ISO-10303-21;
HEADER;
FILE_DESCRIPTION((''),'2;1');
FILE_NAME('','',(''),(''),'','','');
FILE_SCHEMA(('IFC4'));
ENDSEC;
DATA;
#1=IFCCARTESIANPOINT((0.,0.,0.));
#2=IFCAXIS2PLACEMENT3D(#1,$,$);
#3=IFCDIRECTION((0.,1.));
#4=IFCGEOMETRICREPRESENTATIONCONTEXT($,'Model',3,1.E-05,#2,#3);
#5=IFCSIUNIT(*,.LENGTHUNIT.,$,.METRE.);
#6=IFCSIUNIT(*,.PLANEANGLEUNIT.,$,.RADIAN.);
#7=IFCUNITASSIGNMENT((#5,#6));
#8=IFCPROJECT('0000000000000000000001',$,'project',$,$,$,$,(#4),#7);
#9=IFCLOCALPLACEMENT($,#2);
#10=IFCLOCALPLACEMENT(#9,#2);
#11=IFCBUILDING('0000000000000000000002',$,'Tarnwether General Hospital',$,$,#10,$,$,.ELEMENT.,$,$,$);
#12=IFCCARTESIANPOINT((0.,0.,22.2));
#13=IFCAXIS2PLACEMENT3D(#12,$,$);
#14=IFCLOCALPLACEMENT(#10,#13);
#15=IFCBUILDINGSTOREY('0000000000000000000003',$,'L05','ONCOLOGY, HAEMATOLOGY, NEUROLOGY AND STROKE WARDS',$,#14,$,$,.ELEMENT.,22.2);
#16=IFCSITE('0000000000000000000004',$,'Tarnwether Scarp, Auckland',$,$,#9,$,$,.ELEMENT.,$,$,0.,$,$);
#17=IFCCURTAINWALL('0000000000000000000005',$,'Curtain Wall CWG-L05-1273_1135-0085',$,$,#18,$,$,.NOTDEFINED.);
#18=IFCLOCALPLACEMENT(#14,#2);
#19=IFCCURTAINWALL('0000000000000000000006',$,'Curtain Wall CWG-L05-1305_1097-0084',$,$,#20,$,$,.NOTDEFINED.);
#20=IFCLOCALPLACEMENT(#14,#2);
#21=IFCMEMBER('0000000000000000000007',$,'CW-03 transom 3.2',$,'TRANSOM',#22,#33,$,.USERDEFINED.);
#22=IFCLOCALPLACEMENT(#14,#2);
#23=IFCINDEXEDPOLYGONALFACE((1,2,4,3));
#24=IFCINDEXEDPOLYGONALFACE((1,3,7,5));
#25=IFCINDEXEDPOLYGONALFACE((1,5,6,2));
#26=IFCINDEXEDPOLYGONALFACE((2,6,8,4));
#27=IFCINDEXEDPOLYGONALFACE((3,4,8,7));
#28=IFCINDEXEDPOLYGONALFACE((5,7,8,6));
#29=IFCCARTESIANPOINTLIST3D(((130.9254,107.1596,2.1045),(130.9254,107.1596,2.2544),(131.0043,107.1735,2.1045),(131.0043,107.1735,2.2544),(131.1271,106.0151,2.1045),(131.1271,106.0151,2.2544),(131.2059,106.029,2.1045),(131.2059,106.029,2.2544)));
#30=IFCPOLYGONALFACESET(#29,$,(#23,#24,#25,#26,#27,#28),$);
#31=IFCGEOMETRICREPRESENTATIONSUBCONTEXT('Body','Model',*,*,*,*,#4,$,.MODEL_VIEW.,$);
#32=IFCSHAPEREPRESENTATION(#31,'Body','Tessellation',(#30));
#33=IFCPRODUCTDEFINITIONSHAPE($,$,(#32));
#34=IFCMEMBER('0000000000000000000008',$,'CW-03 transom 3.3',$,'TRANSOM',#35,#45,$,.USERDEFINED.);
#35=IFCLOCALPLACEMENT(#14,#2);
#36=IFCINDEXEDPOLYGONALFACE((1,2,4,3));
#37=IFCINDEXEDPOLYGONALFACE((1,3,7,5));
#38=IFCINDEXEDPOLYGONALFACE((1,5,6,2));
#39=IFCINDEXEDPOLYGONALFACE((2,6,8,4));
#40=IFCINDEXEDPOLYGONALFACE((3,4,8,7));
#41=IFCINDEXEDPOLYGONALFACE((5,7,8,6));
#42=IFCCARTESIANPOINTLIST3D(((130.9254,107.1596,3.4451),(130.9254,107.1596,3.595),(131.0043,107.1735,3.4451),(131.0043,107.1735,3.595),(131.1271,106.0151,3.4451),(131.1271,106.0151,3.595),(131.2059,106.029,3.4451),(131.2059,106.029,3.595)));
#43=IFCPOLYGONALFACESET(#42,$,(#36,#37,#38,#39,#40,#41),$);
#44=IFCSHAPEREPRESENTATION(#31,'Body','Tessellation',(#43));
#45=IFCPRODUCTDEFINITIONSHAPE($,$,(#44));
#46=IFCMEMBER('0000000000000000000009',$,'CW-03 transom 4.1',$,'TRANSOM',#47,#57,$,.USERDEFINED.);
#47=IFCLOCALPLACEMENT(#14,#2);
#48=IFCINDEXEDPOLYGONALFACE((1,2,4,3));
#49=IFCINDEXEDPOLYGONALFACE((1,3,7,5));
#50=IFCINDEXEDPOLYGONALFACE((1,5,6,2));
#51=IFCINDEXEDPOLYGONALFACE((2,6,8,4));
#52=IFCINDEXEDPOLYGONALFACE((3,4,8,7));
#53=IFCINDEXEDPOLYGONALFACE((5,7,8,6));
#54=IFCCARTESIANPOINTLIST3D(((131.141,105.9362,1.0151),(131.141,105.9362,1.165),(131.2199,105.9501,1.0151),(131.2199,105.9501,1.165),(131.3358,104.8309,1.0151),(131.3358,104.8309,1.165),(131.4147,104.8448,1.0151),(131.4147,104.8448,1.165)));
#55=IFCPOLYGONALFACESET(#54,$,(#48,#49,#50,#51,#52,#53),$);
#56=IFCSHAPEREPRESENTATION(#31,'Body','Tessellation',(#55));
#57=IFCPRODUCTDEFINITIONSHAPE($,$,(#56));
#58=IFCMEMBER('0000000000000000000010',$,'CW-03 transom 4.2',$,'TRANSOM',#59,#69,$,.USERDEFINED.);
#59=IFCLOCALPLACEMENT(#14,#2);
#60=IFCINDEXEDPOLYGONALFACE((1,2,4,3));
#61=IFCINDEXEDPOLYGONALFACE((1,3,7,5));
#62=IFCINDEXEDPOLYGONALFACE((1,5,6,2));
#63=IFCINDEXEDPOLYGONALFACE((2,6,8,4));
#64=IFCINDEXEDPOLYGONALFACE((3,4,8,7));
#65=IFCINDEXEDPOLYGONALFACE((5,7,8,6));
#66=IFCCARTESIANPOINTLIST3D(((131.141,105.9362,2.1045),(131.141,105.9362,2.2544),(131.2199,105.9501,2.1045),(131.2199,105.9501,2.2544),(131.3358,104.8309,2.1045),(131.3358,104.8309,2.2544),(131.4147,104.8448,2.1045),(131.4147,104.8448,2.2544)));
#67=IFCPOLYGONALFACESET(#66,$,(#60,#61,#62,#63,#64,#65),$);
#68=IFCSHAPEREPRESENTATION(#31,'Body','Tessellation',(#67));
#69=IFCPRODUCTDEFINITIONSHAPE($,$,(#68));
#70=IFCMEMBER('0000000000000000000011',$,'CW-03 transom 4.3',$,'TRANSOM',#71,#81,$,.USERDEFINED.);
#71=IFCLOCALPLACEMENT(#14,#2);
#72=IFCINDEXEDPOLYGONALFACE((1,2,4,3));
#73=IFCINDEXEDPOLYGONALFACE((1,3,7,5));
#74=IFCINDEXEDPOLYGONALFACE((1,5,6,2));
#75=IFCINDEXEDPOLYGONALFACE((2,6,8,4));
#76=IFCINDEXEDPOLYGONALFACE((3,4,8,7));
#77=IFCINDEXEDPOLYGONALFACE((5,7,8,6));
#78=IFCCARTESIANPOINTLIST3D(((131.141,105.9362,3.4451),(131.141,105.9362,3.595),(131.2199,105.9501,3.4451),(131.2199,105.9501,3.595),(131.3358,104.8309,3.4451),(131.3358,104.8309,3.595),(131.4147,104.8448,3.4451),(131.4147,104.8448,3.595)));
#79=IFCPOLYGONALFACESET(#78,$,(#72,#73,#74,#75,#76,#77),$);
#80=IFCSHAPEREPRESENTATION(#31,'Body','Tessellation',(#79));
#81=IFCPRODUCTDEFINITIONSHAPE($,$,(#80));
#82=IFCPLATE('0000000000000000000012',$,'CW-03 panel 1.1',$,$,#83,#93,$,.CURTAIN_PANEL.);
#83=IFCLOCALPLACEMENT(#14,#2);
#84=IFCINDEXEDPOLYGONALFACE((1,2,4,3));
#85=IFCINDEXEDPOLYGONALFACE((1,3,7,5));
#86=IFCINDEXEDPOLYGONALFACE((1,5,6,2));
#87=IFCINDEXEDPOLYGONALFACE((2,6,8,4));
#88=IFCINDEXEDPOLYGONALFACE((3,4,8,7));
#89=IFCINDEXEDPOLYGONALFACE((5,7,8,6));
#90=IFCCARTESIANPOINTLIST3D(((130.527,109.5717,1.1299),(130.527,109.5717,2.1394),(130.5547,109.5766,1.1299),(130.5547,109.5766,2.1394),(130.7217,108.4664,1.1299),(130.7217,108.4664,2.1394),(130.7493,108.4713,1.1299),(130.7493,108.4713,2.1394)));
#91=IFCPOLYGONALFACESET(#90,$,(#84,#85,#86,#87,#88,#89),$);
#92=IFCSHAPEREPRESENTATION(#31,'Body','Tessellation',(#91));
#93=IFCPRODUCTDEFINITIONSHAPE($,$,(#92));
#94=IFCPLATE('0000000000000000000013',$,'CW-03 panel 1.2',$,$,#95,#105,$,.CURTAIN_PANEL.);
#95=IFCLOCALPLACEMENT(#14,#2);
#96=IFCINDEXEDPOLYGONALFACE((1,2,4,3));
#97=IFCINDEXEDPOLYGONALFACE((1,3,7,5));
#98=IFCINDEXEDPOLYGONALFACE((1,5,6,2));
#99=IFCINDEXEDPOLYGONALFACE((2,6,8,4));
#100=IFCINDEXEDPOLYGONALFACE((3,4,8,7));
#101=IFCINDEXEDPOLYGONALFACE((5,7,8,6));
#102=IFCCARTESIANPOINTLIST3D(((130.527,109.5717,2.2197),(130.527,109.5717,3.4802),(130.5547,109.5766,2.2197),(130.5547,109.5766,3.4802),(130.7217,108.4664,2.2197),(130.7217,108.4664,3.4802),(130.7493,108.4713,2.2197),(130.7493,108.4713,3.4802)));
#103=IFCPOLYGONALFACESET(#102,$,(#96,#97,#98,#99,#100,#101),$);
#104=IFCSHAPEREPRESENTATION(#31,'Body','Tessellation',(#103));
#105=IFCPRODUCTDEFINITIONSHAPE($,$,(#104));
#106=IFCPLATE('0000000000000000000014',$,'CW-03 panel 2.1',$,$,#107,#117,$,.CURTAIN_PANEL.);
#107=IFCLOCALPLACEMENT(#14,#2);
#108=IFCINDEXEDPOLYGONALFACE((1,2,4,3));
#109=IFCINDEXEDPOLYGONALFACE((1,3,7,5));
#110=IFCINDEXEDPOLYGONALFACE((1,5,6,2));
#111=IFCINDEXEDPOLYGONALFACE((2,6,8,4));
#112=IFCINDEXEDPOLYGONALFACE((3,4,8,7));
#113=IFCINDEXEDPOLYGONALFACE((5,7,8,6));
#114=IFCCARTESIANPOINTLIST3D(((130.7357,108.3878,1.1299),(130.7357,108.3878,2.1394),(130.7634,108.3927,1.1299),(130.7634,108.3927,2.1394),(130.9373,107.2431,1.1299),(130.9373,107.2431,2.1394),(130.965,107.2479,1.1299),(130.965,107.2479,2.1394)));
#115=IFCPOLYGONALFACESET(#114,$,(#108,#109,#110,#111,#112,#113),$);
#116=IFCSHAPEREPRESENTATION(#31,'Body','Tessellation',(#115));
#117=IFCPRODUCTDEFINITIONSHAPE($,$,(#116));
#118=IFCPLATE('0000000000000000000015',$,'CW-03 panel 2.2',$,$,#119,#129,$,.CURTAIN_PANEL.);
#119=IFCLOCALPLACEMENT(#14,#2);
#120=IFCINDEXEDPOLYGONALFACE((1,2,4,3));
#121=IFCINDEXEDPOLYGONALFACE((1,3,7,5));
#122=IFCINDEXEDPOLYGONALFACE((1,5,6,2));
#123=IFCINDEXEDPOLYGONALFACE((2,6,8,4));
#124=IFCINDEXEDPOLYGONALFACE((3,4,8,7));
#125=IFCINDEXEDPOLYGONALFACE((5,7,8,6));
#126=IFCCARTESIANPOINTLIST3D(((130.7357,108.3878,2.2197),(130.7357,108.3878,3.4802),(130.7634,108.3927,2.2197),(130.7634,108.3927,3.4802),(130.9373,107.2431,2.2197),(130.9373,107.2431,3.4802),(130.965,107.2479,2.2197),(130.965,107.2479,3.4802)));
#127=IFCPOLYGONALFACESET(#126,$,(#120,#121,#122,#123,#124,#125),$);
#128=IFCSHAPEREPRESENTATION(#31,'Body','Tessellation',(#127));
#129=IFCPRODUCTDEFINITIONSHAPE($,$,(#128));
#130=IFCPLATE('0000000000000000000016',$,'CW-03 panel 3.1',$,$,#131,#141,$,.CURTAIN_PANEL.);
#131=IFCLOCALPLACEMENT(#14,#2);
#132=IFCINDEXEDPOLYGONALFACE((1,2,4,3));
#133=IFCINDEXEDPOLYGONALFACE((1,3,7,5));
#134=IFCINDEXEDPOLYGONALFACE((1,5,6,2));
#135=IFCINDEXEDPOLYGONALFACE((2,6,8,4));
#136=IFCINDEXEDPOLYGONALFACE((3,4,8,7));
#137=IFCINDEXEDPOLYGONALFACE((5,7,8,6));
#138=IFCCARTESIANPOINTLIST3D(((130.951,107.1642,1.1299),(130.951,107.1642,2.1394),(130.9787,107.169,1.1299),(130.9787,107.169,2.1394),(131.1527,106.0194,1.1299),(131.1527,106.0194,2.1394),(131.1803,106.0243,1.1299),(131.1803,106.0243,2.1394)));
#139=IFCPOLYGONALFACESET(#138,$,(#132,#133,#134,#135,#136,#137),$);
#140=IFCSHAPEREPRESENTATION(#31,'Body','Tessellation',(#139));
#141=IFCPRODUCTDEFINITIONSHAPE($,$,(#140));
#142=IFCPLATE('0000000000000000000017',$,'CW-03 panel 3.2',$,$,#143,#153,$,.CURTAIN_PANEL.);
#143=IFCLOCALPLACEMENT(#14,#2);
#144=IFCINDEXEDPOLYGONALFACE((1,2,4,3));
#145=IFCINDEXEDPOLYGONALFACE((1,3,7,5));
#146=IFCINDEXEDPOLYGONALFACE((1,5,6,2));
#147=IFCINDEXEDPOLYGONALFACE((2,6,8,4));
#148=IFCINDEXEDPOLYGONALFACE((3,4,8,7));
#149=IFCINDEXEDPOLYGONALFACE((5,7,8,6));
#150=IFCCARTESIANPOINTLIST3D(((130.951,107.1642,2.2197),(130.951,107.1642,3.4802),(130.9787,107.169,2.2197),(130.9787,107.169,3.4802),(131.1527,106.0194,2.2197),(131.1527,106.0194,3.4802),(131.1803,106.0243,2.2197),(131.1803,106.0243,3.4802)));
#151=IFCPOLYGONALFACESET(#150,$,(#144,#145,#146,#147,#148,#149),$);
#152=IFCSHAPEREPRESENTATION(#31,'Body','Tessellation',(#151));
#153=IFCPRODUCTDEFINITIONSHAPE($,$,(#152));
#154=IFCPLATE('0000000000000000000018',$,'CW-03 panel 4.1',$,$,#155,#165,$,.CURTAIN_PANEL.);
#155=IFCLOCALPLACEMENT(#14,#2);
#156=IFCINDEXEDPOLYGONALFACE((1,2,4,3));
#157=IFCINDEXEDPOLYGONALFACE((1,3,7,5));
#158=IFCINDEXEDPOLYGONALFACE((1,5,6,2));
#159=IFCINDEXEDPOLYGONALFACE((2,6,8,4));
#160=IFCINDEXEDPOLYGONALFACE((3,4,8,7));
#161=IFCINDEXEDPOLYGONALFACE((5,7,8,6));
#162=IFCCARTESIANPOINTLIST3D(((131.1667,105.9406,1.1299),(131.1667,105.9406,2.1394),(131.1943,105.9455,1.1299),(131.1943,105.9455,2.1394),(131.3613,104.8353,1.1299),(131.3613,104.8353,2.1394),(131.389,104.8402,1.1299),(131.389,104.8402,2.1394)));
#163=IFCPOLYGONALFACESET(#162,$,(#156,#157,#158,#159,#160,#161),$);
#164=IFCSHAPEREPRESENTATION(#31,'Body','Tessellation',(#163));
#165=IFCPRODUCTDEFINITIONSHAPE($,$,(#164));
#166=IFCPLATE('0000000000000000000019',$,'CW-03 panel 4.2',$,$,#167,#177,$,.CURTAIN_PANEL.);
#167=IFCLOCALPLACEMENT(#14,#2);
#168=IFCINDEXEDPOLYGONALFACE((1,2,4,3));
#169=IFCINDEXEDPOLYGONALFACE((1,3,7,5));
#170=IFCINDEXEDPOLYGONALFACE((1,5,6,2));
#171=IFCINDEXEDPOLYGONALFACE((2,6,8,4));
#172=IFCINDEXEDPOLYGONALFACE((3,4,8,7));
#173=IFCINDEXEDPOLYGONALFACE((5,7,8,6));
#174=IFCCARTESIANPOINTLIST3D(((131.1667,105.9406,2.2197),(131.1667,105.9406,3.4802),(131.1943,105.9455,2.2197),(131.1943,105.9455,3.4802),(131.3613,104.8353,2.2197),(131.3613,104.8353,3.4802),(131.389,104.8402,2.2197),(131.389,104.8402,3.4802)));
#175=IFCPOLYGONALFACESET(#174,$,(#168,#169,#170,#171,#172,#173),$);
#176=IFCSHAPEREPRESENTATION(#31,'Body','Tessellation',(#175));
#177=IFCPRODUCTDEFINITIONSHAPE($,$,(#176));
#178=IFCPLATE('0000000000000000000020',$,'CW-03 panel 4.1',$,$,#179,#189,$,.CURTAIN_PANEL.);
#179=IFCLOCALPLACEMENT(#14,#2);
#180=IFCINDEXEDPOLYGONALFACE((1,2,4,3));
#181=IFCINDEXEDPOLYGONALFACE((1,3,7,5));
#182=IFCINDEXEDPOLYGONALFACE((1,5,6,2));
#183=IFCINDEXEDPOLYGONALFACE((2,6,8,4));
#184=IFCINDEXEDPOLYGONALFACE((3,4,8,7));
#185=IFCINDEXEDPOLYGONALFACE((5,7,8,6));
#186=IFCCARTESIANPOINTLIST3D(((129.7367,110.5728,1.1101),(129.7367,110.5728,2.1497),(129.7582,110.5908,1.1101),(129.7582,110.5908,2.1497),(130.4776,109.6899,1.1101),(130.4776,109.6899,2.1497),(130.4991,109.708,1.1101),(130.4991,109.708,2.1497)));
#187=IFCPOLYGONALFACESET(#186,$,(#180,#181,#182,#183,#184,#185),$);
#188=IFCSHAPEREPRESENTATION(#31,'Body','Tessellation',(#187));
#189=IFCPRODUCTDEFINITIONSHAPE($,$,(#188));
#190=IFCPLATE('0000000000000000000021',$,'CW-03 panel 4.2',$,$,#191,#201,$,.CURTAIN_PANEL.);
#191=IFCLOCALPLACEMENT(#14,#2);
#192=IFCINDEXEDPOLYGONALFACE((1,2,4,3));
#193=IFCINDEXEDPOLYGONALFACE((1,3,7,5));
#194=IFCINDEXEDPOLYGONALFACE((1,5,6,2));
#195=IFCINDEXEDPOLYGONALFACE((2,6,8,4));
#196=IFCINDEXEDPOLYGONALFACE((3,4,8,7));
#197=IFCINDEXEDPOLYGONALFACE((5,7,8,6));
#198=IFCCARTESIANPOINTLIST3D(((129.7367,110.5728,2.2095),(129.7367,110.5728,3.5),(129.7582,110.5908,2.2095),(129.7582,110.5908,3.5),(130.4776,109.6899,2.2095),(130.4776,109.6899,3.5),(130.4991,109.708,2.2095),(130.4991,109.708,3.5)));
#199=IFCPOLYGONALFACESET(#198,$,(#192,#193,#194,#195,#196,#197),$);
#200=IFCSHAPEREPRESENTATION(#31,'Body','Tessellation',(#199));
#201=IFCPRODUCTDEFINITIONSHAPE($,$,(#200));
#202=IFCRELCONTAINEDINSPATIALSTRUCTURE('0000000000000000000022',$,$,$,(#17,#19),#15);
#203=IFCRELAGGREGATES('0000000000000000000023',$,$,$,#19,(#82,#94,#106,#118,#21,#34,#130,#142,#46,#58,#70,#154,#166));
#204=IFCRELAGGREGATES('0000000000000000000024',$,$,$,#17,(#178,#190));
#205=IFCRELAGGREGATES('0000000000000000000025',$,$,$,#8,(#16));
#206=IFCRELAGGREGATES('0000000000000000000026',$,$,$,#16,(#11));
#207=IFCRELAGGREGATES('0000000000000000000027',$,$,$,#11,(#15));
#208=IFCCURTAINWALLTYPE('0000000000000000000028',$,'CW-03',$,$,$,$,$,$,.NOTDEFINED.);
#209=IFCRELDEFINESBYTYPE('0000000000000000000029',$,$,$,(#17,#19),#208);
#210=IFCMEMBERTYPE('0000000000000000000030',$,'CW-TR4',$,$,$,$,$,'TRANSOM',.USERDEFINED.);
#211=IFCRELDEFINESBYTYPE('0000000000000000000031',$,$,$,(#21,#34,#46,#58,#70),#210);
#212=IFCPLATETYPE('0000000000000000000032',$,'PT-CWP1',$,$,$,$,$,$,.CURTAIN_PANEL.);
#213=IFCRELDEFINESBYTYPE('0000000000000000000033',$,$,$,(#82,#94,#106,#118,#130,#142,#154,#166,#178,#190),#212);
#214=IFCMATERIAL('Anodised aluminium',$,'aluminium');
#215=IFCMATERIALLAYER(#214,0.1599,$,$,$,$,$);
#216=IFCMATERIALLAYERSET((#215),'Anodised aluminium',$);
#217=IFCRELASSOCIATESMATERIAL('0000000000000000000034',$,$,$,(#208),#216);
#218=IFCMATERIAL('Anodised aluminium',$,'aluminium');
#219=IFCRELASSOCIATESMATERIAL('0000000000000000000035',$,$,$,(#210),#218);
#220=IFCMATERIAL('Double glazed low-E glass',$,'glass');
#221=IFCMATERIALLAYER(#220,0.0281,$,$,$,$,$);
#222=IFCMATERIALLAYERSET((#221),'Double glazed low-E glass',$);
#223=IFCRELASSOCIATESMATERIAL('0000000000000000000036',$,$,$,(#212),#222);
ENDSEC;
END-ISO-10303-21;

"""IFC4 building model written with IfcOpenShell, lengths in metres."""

from ifc_helpers import new_model, si_unit, direction, frame, origin, origin_2d, place, context, subcontext, project, spatial, rectangle, extrude, material, layer, layer_set, material_profile, profile_set, type_object, element, aggregate, save


model = new_model("IFC4")

# Units and contexts
model_context = context("Model", 3, precision=1e-05, world=origin(), true_north=direction((0.0, 1.0)))
body_context = subcontext(model_context, "Body", "Model", "MODEL_VIEW")
ifc_project = project(units=[si_unit("LENGTHUNIT", "METRE"), si_unit("PLANEANGLEUNIT", "RADIAN")], contexts=[model_context])

# Site, building, storey
site_placement = place(None, origin())
site = spatial("IfcSite", under=ifc_project, at=site_placement, Name="Tarnwether Scarp, Auckland", CompositionType="ELEMENT", RefElevation=0.0)
building_placement = place(site_placement, origin())
building = spatial("IfcBuilding", under=site, at=building_placement, Name="Tarnwether General Hospital", CompositionType="ELEMENT")
storey_placement = place(building_placement, frame((0.0, 0.0, 22.2)))
storey = spatial("IfcBuildingStorey", under=building, at=storey_placement, Name="L05", Description="ONCOLOGY, HAEMATOLOGY, NEUROLOGY AND STROKE WARDS", CompositionType="ELEMENT", Elevation=22.2)

# Curtain wall
ifc_material_1 = material(Name="Anodised aluminium", Category="aluminium")
ifc_layer_1 = layer(ifc_material_1, 0.1599)
ifc_layer_set_1 = layer_set([ifc_layer_1], Name="Anodised aluminium")
curtain_wall_type = type_object("IfcCurtainWallType", Name="CW-03", PredefinedType="NOTDEFINED", material=ifc_layer_set_1)
curtain_wall_1_placement = place(storey_placement, origin())
curtain_wall_1 = element("IfcCurtainWall", 1, at=curtain_wall_1_placement, inside=storey, type_object=curtain_wall_type, Name="Curtain Wall CWG-L05-1273_1135-0085", PredefinedType="NOTDEFINED")

# Curtain wall
curtain_wall_2_placement = place(storey_placement, origin())
curtain_wall_2 = element("IfcCurtainWall", 2, at=curtain_wall_2_placement, inside=storey, type_object=curtain_wall_type, Name="Curtain Wall CWG-L05-1305_1097-0084", PredefinedType="NOTDEFINED")

# Members
ifc_material_2 = material(Name="Anodised aluminium", Category="aluminium")
ifc_material_profile_1 = material_profile(ifc_material_2, rectangle(XDim=0.0801, YDim=0.1499, at=origin_2d()), Name="ALU-TRN-80x150")
ifc_profile_set_1 = profile_set([ifc_material_profile_1], Name="Anodised aluminium")
member_type_1 = type_object("IfcMemberType", Name="CW-TR4", ElementType="TRANSOM", PredefinedType="USERDEFINED", material=ifc_profile_set_1)
member_1_placement = place(storey_placement, frame((130.9648, 107.1665, 2.1794), z_axis=(0.173522, -0.98483, 0.0), x_axis=(0.98483, 0.173522, 0.0)))
member_1 = element("IfcMember", 3, at=member_1_placement, type_object=member_type_1, Name="CW-03 transom 3.2", ObjectType="TRANSOM", PredefinedType="USERDEFINED", context=body_context, shape_type="SweptSolid", body=[
    extrude(rectangle(XDim=0.0801, YDim=0.1499, at=origin_2d()), origin(), (0.0, 0.0, 1.0), 1.1621),
])
member_2_placement = place(storey_placement, frame((130.9648, 107.1665, 3.52), z_axis=(0.173522, -0.98483, 0.0), x_axis=(0.98483, 0.173522, 0.0)))
member_2 = element("IfcMember", 4, at=member_2_placement, type_object=member_type_1, Name="CW-03 transom 3.3", ObjectType="TRANSOM", PredefinedType="USERDEFINED", context=body_context, shape_type="SweptSolid", body=[
    extrude(rectangle(XDim=0.0801, YDim=0.1499, at=origin_2d()), origin(), (0.0, 0.0, 1.0), 1.1621),
])
member_3_placement = place(storey_placement, frame((131.1804, 105.9431, 1.0901), z_axis=(0.173599, -0.984816, 0.0), x_axis=(0.984816, 0.173599, 0.0)))
member_3 = element("IfcMember", 5, at=member_3_placement, type_object=member_type_1, Name="CW-03 transom 4.1", ObjectType="TRANSOM", PredefinedType="USERDEFINED", context=body_context, shape_type="SweptSolid", body=[
    extrude(rectangle(XDim=0.0801, YDim=0.1499, at=origin_2d()), origin(), (0.0, 0.0, 1.0), 1.1223),
])
member_4_placement = place(storey_placement, frame((131.1804, 105.9431, 2.1794), z_axis=(0.173599, -0.984816, 0.0), x_axis=(0.984816, 0.173599, 0.0)))
member_4 = element("IfcMember", 6, at=member_4_placement, type_object=member_type_1, Name="CW-03 transom 4.2", ObjectType="TRANSOM", PredefinedType="USERDEFINED", context=body_context, shape_type="SweptSolid", body=[
    extrude(rectangle(XDim=0.0801, YDim=0.1499, at=origin_2d()), origin(), (0.0, 0.0, 1.0), 1.1223),
])
member_5_placement = place(storey_placement, frame((131.1804, 105.9431, 3.52), z_axis=(0.173599, -0.984816, 0.0), x_axis=(0.984816, 0.173599, 0.0)))
member_5 = element("IfcMember", 7, at=member_5_placement, type_object=member_type_1, Name="CW-03 transom 4.3", ObjectType="TRANSOM", PredefinedType="USERDEFINED", context=body_context, shape_type="SweptSolid", body=[
    extrude(rectangle(XDim=0.0801, YDim=0.1499, at=origin_2d()), origin(), (0.0, 0.0, 1.0), 1.1223),
])

# Plates
ifc_material_3 = material(Name="Double glazed low-E glass", Category="glass")
ifc_layer_2 = layer(ifc_material_3, 0.0281)
ifc_layer_set_2 = layer_set([ifc_layer_2], Name="Double glazed low-E glass")
plate_type = type_object("IfcPlateType", Name="PT-CWP1", PredefinedType="CURTAIN_PANEL", material=ifc_layer_set_2)
plate_1_placement = place(storey_placement, frame((130.6382, 109.0215, 1.1299), z_axis=(0.0, 0.0, 1.0), x_axis=(0.173464, -0.98484, 0.0)))
plate_1 = element("IfcPlate", 8, at=plate_1_placement, type_object=plate_type, Name="CW-03 panel 1.1", PredefinedType="CURTAIN_PANEL", context=body_context, shape_type="SweptSolid", body=[
    extrude(rectangle(XDim=1.1223, YDim=0.0281, at=origin_2d()), origin(), (0.0, 0.0, 1.0), 1.0095),
])
plate_2_placement = place(storey_placement, frame((130.6382, 109.0215, 2.2197), z_axis=(0.0, 0.0, 1.0), x_axis=(0.173464, -0.98484, 0.0)))
plate_2 = element("IfcPlate", 9, at=plate_2_placement, type_object=plate_type, Name="CW-03 panel 1.2", PredefinedType="CURTAIN_PANEL", context=body_context, shape_type="SweptSolid", body=[
    extrude(rectangle(XDim=1.1223, YDim=0.0281, at=origin_2d()), origin(), (0.0, 0.0, 1.0), 1.2605),
])
plate_3_placement = place(storey_placement, frame((130.8503, 107.8179, 1.1299), z_axis=(0.0, 0.0, 1.0), x_axis=(0.173464, -0.98484, 0.0)))
plate_3 = element("IfcPlate", 10, at=plate_3_placement, type_object=plate_type, Name="CW-03 panel 2.1", PredefinedType="CURTAIN_PANEL", context=body_context, shape_type="SweptSolid", body=[
    extrude(rectangle(XDim=1.1624, YDim=0.0281, at=origin_2d()), origin(), (0.0, 0.0, 1.0), 1.0095),
])
plate_4_placement = place(storey_placement, frame((130.8503, 107.8179, 2.2197), z_axis=(0.0, 0.0, 1.0), x_axis=(0.173464, -0.98484, 0.0)))
plate_4 = element("IfcPlate", 11, at=plate_4_placement, type_object=plate_type, Name="CW-03 panel 2.2", PredefinedType="CURTAIN_PANEL", context=body_context, shape_type="SweptSolid", body=[
    extrude(rectangle(XDim=1.1624, YDim=0.0281, at=origin_2d()), origin(), (0.0, 0.0, 1.0), 1.2605),
])
plate_5_placement = place(storey_placement, frame((131.0657, 106.5942, 1.1299), z_axis=(0.0, 0.0, 1.0), x_axis=(0.173464, -0.98484, 0.0)))
plate_5 = element("IfcPlate", 12, at=plate_5_placement, type_object=plate_type, Name="CW-03 panel 3.1", PredefinedType="CURTAIN_PANEL", context=body_context, shape_type="SweptSolid", body=[
    extrude(rectangle(XDim=1.1624, YDim=0.0281, at=origin_2d()), origin(), (0.0, 0.0, 1.0), 1.0095),
])
plate_6_placement = place(storey_placement, frame((131.0657, 106.5942, 2.2197), z_axis=(0.0, 0.0, 1.0), x_axis=(0.173464, -0.98484, 0.0)))
plate_6 = element("IfcPlate", 13, at=plate_6_placement, type_object=plate_type, Name="CW-03 panel 3.2", PredefinedType="CURTAIN_PANEL", context=body_context, shape_type="SweptSolid", body=[
    extrude(rectangle(XDim=1.1624, YDim=0.0281, at=origin_2d()), origin(), (0.0, 0.0, 1.0), 1.2605),
])
plate_7_placement = place(storey_placement, frame((131.2778, 105.3904, 1.1299), z_axis=(0.0, 0.0, 1.0), x_axis=(0.173464, -0.98484, 0.0)))
plate_7 = element("IfcPlate", 14, at=plate_7_placement, type_object=plate_type, Name="CW-03 panel 4.1", PredefinedType="CURTAIN_PANEL", context=body_context, shape_type="SweptSolid", body=[
    extrude(rectangle(XDim=1.1223, YDim=0.0281, at=origin_2d()), origin(), (0.0, 0.0, 1.0), 1.0095),
])
plate_8_placement = place(storey_placement, frame((131.2778, 105.3904, 2.2197), z_axis=(0.0, 0.0, 1.0), x_axis=(0.173464, -0.98484, 0.0)))
plate_8 = element("IfcPlate", 15, at=plate_8_placement, type_object=plate_type, Name="CW-03 panel 4.2", PredefinedType="CURTAIN_PANEL", context=body_context, shape_type="SweptSolid", body=[
    extrude(rectangle(XDim=1.1223, YDim=0.0281, at=origin_2d()), origin(), (0.0, 0.0, 1.0), 1.2605),
])
aggregate(curtain_wall_2, [plate_1, plate_2, plate_3, plate_4, member_1, member_2, plate_5, plate_6, member_3, member_4, member_5, plate_7, plate_8])
plate_9_placement = place(storey_placement, frame((130.1179, 110.1404, 1.1101), z_axis=(0.0, 0.0, 1.0), x_axis=(0.642852, -0.76599, 0.0)))
plate_9 = element("IfcPlate", 16, at=plate_9_placement, type_object=plate_type, Name="CW-03 panel 4.1", PredefinedType="CURTAIN_PANEL", context=body_context, shape_type="SweptSolid", body=[
    extrude(rectangle(XDim=1.1526, YDim=0.0281, at=origin_2d()), origin(), (0.0, 0.0, 1.0), 1.0396),
])
plate_10_placement = place(storey_placement, frame((130.1179, 110.1404, 2.2095), z_axis=(0.0, 0.0, 1.0), x_axis=(0.642852, -0.76599, 0.0)))
plate_10 = element("IfcPlate", 17, at=plate_10_placement, type_object=plate_type, Name="CW-03 panel 4.2", PredefinedType="CURTAIN_PANEL", context=body_context, shape_type="SweptSolid", body=[
    extrude(rectangle(XDim=1.1526, YDim=0.0281, at=origin_2d()), origin(), (0.0, 0.0, 1.0), 1.2905),
])
aggregate(curtain_wall_1, [plate_9, plate_10])

save(model, "model.ifc")
